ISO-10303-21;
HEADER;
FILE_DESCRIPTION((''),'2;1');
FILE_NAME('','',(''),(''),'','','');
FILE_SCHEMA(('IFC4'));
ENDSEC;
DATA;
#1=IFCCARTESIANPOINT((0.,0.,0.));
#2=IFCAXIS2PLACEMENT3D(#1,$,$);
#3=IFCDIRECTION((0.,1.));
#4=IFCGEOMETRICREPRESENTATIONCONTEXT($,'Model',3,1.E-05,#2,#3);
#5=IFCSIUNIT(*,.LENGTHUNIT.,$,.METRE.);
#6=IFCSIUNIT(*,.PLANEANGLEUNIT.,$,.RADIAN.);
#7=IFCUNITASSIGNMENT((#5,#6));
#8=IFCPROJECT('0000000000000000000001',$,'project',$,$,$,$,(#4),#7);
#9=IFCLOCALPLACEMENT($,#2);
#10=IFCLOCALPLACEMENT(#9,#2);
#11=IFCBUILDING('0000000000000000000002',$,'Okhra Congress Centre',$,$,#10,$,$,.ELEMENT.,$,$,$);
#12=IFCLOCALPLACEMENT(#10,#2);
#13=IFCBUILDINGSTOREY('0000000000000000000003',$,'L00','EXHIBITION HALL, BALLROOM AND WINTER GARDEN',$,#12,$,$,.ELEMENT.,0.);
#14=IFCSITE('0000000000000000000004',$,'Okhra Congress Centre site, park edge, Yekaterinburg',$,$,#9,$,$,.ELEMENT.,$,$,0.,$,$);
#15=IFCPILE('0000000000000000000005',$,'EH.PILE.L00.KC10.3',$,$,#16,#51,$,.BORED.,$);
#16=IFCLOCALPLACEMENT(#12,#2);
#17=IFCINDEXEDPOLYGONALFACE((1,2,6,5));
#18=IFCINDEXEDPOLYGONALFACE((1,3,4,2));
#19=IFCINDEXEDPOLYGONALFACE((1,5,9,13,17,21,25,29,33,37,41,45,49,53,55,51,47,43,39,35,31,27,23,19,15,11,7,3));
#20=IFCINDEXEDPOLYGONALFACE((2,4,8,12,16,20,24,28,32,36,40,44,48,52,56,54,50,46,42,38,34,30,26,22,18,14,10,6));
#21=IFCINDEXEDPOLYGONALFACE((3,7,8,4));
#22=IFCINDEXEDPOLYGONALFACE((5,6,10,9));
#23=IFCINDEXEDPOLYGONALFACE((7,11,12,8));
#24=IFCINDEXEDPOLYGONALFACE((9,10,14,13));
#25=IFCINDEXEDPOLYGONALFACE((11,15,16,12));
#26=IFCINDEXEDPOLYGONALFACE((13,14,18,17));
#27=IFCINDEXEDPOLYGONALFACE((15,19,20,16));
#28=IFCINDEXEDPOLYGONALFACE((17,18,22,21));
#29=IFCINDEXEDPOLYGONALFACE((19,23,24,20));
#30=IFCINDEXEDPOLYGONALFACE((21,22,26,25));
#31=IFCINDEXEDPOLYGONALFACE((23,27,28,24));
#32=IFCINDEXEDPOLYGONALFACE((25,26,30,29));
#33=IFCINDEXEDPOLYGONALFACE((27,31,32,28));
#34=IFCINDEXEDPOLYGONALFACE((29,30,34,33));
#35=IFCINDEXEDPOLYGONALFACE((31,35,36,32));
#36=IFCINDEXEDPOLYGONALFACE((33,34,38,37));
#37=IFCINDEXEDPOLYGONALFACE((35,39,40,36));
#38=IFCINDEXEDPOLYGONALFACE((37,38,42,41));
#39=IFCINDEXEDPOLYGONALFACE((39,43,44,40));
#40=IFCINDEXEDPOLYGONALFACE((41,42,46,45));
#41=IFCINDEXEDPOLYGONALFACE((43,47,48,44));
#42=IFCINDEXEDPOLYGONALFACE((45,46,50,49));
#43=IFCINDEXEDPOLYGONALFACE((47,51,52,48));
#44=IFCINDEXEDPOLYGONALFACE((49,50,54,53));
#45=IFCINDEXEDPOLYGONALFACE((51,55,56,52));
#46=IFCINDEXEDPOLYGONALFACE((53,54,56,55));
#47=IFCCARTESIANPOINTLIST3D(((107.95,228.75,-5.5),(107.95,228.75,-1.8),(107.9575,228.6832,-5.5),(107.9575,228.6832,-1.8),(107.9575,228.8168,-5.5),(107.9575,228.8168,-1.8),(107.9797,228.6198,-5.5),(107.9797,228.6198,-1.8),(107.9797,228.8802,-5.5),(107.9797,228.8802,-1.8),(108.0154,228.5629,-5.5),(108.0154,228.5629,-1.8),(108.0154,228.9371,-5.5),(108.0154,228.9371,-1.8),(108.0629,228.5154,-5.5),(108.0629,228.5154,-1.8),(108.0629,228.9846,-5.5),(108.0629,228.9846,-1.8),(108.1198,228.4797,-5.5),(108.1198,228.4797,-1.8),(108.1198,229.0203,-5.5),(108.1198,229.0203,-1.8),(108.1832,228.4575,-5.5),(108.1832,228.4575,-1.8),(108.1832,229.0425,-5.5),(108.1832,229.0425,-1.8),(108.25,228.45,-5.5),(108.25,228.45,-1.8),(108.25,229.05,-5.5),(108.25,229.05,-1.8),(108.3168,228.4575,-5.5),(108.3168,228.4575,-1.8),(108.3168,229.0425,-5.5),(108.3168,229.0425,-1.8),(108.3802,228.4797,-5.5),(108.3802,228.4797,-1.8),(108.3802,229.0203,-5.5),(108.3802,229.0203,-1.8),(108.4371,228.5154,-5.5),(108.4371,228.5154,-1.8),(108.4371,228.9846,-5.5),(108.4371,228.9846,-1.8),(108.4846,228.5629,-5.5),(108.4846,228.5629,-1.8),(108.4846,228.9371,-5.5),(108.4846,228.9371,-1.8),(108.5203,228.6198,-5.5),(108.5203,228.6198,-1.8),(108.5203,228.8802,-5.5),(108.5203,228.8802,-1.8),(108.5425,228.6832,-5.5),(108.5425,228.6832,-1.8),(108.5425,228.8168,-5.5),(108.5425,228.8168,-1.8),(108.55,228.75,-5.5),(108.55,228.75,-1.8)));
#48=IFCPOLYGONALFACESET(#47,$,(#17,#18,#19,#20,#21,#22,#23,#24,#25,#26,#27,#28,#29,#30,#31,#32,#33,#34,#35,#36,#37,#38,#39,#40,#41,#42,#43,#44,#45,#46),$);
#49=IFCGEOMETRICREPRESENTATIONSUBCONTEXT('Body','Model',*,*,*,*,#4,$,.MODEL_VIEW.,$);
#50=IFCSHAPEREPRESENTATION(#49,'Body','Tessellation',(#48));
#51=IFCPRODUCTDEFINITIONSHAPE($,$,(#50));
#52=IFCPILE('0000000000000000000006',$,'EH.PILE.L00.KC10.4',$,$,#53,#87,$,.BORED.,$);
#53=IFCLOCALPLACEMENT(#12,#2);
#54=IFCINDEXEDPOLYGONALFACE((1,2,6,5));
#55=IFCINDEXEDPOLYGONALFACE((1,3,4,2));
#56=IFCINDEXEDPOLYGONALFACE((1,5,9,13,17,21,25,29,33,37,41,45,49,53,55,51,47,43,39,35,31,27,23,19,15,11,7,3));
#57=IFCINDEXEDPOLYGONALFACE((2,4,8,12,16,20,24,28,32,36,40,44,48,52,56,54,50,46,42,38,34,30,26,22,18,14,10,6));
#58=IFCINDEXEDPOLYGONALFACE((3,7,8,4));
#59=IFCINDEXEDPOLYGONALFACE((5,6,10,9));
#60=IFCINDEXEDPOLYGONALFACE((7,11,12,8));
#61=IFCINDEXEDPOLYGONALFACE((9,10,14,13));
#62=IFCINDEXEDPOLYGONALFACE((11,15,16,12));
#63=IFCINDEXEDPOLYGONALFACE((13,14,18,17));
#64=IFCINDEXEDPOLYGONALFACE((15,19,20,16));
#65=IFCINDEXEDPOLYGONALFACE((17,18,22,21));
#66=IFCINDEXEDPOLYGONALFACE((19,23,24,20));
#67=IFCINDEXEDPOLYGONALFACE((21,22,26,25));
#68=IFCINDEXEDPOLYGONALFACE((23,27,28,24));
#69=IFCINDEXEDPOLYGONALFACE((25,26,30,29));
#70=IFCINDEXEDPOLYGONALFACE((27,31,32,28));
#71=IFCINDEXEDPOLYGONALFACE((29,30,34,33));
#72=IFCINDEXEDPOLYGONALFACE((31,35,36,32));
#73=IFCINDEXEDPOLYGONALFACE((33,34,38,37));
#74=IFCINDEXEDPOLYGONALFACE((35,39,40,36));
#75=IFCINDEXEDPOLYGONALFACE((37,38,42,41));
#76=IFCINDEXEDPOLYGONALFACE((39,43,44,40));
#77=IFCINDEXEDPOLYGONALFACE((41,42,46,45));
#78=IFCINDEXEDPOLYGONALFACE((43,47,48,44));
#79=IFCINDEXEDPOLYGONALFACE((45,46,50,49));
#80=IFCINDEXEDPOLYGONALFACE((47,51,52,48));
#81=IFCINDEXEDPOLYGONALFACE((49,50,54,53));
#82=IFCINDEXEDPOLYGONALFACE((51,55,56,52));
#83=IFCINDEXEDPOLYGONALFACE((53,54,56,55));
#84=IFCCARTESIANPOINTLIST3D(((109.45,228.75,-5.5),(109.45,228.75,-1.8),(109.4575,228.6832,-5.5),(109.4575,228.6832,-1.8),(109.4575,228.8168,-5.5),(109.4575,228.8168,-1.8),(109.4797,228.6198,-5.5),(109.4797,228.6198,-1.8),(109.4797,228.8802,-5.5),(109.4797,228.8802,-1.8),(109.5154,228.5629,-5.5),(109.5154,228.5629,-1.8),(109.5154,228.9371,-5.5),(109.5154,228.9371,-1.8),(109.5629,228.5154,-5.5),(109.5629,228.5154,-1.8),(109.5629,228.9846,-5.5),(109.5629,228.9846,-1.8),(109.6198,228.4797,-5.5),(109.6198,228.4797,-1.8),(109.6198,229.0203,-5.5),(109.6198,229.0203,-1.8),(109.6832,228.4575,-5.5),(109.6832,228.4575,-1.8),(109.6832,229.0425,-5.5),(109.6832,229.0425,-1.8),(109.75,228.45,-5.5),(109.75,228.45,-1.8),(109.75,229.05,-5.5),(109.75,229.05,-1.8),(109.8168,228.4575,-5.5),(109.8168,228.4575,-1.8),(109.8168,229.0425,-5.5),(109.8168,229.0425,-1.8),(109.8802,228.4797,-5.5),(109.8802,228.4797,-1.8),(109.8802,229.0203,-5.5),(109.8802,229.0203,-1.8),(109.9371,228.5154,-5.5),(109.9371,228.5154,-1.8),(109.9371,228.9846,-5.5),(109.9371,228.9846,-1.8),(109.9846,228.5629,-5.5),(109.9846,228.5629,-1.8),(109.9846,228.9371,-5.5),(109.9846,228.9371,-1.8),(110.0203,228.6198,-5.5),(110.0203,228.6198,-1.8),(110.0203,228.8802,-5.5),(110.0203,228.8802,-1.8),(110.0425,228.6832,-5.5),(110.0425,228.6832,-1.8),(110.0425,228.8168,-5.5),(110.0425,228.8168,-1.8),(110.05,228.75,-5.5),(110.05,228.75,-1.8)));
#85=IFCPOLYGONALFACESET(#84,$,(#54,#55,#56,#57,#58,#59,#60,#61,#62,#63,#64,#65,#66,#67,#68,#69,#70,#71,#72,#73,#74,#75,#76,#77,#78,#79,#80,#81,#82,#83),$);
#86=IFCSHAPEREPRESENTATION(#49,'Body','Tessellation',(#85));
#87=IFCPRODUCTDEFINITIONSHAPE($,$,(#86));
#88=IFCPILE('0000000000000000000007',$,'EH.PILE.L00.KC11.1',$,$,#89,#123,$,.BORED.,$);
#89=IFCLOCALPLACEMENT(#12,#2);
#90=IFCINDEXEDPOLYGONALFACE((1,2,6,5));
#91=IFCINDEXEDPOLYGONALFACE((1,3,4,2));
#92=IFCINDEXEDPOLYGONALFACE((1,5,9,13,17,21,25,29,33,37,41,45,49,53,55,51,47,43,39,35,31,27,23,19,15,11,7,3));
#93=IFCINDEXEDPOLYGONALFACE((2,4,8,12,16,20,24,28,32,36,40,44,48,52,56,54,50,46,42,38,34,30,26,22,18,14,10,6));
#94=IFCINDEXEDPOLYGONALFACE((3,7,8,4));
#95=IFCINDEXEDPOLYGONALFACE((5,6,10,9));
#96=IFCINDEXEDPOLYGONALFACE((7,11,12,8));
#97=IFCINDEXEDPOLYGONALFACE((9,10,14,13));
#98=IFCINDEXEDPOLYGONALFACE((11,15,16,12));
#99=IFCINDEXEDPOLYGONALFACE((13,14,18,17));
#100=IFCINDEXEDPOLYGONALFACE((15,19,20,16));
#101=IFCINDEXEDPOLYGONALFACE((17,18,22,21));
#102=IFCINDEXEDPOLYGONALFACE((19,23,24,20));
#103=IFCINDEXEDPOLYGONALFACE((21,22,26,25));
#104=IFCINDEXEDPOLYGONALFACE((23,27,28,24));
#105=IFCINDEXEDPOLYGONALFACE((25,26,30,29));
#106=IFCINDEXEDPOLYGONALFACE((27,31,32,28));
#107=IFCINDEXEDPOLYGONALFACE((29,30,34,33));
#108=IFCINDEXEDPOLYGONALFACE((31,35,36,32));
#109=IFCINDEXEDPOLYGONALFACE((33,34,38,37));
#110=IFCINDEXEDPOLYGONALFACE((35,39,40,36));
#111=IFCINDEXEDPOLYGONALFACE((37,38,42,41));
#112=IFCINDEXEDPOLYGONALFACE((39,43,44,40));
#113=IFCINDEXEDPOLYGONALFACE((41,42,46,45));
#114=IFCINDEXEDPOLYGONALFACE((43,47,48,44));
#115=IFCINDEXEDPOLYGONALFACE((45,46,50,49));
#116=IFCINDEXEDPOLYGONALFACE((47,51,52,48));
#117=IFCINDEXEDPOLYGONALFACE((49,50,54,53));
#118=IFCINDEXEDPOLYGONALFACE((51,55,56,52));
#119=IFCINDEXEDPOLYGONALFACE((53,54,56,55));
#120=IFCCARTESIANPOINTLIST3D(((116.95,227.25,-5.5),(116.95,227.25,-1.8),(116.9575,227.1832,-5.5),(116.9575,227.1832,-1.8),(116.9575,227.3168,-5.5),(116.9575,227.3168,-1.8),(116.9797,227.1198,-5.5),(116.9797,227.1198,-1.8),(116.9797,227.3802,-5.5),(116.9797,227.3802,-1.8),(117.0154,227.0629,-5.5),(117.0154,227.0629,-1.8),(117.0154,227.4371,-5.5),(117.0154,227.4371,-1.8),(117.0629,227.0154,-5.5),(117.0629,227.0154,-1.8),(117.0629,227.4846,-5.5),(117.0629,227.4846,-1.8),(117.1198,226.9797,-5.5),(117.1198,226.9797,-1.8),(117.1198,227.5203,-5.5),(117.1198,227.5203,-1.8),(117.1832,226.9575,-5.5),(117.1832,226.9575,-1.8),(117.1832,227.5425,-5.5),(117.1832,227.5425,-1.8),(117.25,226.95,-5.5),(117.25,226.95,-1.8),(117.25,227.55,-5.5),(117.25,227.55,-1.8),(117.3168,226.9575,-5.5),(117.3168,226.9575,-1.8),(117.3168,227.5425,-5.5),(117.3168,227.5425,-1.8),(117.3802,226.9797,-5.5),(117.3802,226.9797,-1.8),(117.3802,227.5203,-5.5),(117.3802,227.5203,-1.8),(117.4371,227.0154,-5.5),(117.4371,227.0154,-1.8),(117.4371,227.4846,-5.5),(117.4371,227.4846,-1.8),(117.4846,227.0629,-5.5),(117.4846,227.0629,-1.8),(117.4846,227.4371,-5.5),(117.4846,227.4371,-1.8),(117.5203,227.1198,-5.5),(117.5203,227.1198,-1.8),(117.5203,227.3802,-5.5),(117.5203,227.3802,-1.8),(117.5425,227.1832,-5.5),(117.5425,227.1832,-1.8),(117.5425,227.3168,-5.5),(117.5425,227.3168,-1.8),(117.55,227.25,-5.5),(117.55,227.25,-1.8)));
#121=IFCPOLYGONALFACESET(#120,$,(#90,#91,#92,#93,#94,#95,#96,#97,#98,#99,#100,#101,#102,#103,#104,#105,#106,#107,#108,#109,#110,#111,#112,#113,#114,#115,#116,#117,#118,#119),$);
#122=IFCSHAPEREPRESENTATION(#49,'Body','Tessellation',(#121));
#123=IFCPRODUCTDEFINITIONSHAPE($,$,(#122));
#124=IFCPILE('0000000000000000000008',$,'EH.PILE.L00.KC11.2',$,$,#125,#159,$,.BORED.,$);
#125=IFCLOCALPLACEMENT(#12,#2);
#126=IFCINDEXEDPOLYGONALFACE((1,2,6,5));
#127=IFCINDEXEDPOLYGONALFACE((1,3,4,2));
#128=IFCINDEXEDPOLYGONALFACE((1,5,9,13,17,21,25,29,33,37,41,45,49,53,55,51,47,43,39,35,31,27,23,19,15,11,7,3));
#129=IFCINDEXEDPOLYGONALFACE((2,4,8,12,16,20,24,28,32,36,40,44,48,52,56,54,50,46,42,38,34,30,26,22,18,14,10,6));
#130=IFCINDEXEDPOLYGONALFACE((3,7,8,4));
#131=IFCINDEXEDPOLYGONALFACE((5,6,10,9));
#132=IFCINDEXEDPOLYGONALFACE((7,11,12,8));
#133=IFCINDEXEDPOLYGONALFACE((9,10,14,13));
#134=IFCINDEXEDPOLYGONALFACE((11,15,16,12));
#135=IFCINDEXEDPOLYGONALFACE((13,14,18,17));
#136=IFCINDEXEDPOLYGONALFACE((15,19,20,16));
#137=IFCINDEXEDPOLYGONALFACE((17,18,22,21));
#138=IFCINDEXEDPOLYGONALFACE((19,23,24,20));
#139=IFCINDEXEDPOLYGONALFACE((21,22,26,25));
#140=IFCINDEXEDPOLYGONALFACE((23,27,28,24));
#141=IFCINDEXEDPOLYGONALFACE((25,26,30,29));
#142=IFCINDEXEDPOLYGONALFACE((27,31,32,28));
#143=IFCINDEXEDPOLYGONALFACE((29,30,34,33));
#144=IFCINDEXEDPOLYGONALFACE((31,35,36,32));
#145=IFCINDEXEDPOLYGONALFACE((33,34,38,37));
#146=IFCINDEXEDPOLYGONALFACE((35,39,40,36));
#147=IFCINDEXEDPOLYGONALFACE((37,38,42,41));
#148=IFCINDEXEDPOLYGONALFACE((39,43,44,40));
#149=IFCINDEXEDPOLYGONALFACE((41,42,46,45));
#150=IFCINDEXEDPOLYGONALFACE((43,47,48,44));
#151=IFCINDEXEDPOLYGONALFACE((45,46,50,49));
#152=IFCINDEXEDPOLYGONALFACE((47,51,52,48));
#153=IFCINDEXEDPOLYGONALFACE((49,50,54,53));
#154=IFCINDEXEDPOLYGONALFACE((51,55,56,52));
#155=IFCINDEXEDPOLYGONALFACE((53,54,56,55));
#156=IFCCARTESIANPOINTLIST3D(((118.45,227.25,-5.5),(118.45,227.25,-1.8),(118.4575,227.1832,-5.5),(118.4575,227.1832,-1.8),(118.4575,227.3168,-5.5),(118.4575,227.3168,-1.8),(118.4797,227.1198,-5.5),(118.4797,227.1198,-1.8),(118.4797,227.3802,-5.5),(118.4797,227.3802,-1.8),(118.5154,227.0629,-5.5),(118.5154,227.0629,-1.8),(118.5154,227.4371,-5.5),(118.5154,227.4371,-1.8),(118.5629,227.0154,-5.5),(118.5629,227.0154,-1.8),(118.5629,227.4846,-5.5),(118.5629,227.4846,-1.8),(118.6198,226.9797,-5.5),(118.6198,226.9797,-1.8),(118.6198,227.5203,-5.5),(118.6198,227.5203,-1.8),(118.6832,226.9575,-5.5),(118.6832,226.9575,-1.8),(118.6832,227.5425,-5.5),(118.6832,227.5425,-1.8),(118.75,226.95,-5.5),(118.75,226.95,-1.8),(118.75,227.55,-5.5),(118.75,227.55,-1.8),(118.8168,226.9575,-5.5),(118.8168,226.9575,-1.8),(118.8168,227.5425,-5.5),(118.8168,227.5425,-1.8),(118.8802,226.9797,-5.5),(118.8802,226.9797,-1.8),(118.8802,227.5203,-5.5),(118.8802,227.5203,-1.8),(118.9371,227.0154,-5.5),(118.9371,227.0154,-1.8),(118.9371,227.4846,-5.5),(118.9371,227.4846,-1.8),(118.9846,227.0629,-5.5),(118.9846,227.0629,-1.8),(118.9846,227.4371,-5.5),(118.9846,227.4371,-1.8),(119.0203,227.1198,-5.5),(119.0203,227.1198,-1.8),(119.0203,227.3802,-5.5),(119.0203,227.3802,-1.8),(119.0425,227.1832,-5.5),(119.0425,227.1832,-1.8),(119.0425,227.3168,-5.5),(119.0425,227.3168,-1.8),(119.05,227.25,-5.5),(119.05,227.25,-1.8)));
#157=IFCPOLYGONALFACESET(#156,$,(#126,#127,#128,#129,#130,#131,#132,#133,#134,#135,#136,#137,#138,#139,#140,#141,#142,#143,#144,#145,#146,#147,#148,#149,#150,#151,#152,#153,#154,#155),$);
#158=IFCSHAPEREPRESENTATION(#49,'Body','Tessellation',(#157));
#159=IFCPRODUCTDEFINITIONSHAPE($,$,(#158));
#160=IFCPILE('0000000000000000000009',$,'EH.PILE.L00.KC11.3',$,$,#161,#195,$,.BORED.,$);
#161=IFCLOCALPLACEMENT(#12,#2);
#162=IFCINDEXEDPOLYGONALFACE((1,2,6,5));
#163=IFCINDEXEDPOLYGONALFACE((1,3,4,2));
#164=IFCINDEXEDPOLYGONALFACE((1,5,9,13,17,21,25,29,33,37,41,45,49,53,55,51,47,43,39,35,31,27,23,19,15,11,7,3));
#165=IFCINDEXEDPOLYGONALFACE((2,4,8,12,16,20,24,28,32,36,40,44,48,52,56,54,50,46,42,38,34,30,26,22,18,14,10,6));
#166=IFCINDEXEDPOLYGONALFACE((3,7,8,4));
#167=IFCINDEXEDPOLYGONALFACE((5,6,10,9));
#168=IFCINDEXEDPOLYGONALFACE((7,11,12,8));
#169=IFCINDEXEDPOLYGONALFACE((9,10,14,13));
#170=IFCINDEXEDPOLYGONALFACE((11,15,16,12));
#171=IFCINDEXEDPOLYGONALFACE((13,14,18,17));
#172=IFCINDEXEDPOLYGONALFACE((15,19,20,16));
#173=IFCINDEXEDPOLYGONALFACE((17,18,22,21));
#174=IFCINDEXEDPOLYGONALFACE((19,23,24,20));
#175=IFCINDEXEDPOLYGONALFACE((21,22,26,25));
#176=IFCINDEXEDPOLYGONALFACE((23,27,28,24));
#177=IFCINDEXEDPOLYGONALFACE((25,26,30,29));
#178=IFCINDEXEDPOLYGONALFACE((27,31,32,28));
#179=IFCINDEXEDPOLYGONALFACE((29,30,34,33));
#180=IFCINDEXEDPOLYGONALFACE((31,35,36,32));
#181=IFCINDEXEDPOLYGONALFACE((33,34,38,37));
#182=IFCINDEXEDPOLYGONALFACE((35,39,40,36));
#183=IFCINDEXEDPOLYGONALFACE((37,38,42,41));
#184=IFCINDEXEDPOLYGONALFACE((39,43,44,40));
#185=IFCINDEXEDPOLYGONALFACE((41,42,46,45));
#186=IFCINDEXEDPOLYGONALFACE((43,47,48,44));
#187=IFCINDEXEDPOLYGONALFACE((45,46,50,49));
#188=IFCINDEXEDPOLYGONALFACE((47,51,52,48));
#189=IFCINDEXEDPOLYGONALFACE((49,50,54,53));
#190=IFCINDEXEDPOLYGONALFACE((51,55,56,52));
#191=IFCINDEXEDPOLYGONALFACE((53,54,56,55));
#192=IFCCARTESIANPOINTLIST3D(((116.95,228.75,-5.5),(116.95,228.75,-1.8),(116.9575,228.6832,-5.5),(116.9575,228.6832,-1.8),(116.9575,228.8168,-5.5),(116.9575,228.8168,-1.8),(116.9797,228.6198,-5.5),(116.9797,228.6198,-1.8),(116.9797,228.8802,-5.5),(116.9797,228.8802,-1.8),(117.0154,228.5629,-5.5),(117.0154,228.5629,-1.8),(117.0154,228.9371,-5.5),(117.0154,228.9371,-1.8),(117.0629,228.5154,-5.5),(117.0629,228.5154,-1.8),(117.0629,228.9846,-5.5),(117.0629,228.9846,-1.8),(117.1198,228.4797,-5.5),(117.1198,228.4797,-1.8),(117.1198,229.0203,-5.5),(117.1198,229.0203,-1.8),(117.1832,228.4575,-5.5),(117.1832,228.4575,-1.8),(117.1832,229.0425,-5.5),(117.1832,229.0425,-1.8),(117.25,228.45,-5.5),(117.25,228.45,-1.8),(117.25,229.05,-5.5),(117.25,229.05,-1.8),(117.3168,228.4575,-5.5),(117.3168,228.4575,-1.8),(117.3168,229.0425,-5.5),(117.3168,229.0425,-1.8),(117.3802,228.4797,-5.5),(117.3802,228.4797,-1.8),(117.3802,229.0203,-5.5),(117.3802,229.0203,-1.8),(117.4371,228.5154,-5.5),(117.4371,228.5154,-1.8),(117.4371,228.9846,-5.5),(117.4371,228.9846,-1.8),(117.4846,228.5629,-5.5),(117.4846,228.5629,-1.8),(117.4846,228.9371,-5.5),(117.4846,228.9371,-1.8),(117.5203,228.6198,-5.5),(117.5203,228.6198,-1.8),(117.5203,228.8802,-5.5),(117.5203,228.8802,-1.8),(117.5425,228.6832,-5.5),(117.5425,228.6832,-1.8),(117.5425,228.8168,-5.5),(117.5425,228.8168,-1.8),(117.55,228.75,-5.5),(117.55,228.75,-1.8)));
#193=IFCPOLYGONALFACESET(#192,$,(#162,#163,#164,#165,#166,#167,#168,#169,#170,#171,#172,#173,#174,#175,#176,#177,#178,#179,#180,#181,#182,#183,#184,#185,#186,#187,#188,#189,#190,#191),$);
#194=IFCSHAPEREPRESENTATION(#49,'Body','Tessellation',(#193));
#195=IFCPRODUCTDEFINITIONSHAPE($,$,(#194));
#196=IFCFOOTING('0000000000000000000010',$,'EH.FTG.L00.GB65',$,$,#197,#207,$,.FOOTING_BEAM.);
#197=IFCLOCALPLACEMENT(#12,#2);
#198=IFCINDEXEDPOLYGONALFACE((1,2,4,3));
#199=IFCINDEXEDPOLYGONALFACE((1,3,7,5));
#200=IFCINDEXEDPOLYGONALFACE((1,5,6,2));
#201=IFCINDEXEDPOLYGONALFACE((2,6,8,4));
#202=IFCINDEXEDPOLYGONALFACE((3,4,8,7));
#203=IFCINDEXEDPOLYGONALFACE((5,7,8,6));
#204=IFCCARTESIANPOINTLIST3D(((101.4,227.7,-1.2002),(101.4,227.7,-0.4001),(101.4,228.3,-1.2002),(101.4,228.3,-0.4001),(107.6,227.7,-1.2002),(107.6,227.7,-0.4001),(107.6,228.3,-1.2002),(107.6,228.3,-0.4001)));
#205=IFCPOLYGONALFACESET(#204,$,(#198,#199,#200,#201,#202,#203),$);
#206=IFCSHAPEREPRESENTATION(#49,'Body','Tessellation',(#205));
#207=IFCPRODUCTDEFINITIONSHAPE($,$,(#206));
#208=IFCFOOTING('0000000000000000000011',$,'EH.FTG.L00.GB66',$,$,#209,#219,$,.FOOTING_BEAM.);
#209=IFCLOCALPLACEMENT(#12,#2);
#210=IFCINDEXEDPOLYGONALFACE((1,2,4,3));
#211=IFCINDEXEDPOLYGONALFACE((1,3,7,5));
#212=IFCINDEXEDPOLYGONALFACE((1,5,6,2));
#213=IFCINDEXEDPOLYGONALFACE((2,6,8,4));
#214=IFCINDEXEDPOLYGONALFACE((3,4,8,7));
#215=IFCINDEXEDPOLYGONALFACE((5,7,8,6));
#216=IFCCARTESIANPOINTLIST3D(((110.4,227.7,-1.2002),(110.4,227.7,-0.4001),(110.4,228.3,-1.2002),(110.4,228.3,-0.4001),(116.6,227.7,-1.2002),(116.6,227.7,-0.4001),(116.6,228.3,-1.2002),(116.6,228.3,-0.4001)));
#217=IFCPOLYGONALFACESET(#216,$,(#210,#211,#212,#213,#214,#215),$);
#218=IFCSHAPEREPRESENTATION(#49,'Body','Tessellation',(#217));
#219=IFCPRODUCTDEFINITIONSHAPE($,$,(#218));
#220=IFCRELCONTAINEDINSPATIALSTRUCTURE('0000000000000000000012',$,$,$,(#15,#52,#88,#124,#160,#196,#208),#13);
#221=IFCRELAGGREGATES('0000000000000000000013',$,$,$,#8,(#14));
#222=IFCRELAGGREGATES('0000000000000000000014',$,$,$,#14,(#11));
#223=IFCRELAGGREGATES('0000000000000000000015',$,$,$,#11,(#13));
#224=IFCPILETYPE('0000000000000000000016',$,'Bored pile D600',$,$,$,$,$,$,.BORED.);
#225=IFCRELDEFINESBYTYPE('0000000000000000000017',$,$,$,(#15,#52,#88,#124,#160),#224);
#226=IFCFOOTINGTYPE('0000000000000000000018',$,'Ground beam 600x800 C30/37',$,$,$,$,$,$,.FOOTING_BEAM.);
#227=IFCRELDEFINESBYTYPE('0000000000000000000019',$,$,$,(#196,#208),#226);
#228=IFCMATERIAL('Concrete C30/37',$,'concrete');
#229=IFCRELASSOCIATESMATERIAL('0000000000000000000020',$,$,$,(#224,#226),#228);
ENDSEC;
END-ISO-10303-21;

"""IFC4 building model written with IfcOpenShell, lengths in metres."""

from ifc_helpers import new_model, si_unit, direction, frame, origin, origin_2d, place, context, subcontext, project, spatial, rectangle, circle, extrude, material, material_profile, profile_set, type_object, element, save


model = new_model("IFC4")

# Units and contexts
model_context = context("Model", 3, precision=1e-05, world=origin(), true_north=direction((0.0, 1.0)))
body_context = subcontext(model_context, "Body", "Model", "MODEL_VIEW")
ifc_project = project(units=[si_unit("LENGTHUNIT", "METRE"), si_unit("PLANEANGLEUNIT", "RADIAN")], contexts=[model_context])

# Site, building, storey
site_placement = place(None, origin())
site = spatial("IfcSite", under=ifc_project, at=site_placement, Name="Okhra Congress Centre site, park edge, Yekaterinburg", CompositionType="ELEMENT", RefElevation=0.0)
building_placement = place(site_placement, origin())
building = spatial("IfcBuilding", under=site, at=building_placement, Name="Okhra Congress Centre", CompositionType="ELEMENT")
storey_placement = place(building_placement, origin())
storey = spatial("IfcBuildingStorey", under=building, at=storey_placement, Name="L00", Description="EXHIBITION HALL, BALLROOM AND WINTER GARDEN", CompositionType="ELEMENT", Elevation=0.0)

# Piles
ifc_material_1 = material(Name="Concrete C30/37", Category="concrete")
ifc_material_profile_1 = material_profile(ifc_material_1, circle(Radius=0.3, at=origin_2d()), Name="D600")
ifc_profile_set_1 = profile_set([ifc_material_profile_1], Name="Concrete C30/37")
pile_type = type_object("IfcPileType", Name="Bored pile D600", PredefinedType="BORED", material=ifc_profile_set_1)
for number, where, z_axis, x_axis, name in (
    (1, (108.25, 228.75, -1.8), (0.0, 0.0, -1.0), (1.0, 0.0, 0.0), "EH.PILE.L00.KC10.3"),
    (2, (109.75, 228.75, -1.8), (0.0, 0.0, -1.0), (1.0, 0.0, 0.0), "EH.PILE.L00.KC10.4"),
    (3, (117.25, 227.25, -1.8), (0.0, 0.0, -1.0), (1.0, 0.0, 0.0), "EH.PILE.L00.KC11.1"),
    (4, (118.75, 227.25, -1.8), (0.0, 0.0, -1.0), (1.0, 0.0, 0.0), "EH.PILE.L00.KC11.2"),
    (5, (117.25, 228.75, -1.8), (0.0, 0.0, -1.0), (1.0, 0.0, 0.0), "EH.PILE.L00.KC11.3"),
):
    element("IfcPile", number, at=place(storey_placement, frame(where, z_axis=z_axis, x_axis=x_axis)), inside=storey, type_object=pile_type, Name=name, PredefinedType="BORED", context=body_context, shape_type="SweptSolid", body=[
        extrude(circle(Radius=0.3, at=origin_2d()), origin(), (0.0, 0.0, 1.0), 3.7),
    ])

# Footings
footing_type_1 = type_object("IfcFootingType", Name="Ground beam 600x800 C30/37", PredefinedType="FOOTING_BEAM", material=ifc_material_1)
for number, where, z_axis, x_axis, name in (
    (6, (104.5, 228.0, -1.2002), (0.0, 0.0, 1.0), (1.0, 0.0, 0.0), "EH.FTG.L00.GB65"),
    (7, (113.5, 228.0, -1.2002), (0.0, 0.0, 1.0), (1.0, 0.0, 0.0), "EH.FTG.L00.GB66"),
):
    element("IfcFooting", number, at=place(storey_placement, frame(where, z_axis=z_axis, x_axis=x_axis)), inside=storey, type_object=footing_type_1, Name=name, PredefinedType="FOOTING_BEAM", context=body_context, shape_type="SweptSolid", body=[
        extrude(rectangle(XDim=6.2, YDim=0.6001, at=origin_2d()), origin(), (0.0, 0.0, 1.0), 0.8),
    ])

save(model, "model.ifc")
